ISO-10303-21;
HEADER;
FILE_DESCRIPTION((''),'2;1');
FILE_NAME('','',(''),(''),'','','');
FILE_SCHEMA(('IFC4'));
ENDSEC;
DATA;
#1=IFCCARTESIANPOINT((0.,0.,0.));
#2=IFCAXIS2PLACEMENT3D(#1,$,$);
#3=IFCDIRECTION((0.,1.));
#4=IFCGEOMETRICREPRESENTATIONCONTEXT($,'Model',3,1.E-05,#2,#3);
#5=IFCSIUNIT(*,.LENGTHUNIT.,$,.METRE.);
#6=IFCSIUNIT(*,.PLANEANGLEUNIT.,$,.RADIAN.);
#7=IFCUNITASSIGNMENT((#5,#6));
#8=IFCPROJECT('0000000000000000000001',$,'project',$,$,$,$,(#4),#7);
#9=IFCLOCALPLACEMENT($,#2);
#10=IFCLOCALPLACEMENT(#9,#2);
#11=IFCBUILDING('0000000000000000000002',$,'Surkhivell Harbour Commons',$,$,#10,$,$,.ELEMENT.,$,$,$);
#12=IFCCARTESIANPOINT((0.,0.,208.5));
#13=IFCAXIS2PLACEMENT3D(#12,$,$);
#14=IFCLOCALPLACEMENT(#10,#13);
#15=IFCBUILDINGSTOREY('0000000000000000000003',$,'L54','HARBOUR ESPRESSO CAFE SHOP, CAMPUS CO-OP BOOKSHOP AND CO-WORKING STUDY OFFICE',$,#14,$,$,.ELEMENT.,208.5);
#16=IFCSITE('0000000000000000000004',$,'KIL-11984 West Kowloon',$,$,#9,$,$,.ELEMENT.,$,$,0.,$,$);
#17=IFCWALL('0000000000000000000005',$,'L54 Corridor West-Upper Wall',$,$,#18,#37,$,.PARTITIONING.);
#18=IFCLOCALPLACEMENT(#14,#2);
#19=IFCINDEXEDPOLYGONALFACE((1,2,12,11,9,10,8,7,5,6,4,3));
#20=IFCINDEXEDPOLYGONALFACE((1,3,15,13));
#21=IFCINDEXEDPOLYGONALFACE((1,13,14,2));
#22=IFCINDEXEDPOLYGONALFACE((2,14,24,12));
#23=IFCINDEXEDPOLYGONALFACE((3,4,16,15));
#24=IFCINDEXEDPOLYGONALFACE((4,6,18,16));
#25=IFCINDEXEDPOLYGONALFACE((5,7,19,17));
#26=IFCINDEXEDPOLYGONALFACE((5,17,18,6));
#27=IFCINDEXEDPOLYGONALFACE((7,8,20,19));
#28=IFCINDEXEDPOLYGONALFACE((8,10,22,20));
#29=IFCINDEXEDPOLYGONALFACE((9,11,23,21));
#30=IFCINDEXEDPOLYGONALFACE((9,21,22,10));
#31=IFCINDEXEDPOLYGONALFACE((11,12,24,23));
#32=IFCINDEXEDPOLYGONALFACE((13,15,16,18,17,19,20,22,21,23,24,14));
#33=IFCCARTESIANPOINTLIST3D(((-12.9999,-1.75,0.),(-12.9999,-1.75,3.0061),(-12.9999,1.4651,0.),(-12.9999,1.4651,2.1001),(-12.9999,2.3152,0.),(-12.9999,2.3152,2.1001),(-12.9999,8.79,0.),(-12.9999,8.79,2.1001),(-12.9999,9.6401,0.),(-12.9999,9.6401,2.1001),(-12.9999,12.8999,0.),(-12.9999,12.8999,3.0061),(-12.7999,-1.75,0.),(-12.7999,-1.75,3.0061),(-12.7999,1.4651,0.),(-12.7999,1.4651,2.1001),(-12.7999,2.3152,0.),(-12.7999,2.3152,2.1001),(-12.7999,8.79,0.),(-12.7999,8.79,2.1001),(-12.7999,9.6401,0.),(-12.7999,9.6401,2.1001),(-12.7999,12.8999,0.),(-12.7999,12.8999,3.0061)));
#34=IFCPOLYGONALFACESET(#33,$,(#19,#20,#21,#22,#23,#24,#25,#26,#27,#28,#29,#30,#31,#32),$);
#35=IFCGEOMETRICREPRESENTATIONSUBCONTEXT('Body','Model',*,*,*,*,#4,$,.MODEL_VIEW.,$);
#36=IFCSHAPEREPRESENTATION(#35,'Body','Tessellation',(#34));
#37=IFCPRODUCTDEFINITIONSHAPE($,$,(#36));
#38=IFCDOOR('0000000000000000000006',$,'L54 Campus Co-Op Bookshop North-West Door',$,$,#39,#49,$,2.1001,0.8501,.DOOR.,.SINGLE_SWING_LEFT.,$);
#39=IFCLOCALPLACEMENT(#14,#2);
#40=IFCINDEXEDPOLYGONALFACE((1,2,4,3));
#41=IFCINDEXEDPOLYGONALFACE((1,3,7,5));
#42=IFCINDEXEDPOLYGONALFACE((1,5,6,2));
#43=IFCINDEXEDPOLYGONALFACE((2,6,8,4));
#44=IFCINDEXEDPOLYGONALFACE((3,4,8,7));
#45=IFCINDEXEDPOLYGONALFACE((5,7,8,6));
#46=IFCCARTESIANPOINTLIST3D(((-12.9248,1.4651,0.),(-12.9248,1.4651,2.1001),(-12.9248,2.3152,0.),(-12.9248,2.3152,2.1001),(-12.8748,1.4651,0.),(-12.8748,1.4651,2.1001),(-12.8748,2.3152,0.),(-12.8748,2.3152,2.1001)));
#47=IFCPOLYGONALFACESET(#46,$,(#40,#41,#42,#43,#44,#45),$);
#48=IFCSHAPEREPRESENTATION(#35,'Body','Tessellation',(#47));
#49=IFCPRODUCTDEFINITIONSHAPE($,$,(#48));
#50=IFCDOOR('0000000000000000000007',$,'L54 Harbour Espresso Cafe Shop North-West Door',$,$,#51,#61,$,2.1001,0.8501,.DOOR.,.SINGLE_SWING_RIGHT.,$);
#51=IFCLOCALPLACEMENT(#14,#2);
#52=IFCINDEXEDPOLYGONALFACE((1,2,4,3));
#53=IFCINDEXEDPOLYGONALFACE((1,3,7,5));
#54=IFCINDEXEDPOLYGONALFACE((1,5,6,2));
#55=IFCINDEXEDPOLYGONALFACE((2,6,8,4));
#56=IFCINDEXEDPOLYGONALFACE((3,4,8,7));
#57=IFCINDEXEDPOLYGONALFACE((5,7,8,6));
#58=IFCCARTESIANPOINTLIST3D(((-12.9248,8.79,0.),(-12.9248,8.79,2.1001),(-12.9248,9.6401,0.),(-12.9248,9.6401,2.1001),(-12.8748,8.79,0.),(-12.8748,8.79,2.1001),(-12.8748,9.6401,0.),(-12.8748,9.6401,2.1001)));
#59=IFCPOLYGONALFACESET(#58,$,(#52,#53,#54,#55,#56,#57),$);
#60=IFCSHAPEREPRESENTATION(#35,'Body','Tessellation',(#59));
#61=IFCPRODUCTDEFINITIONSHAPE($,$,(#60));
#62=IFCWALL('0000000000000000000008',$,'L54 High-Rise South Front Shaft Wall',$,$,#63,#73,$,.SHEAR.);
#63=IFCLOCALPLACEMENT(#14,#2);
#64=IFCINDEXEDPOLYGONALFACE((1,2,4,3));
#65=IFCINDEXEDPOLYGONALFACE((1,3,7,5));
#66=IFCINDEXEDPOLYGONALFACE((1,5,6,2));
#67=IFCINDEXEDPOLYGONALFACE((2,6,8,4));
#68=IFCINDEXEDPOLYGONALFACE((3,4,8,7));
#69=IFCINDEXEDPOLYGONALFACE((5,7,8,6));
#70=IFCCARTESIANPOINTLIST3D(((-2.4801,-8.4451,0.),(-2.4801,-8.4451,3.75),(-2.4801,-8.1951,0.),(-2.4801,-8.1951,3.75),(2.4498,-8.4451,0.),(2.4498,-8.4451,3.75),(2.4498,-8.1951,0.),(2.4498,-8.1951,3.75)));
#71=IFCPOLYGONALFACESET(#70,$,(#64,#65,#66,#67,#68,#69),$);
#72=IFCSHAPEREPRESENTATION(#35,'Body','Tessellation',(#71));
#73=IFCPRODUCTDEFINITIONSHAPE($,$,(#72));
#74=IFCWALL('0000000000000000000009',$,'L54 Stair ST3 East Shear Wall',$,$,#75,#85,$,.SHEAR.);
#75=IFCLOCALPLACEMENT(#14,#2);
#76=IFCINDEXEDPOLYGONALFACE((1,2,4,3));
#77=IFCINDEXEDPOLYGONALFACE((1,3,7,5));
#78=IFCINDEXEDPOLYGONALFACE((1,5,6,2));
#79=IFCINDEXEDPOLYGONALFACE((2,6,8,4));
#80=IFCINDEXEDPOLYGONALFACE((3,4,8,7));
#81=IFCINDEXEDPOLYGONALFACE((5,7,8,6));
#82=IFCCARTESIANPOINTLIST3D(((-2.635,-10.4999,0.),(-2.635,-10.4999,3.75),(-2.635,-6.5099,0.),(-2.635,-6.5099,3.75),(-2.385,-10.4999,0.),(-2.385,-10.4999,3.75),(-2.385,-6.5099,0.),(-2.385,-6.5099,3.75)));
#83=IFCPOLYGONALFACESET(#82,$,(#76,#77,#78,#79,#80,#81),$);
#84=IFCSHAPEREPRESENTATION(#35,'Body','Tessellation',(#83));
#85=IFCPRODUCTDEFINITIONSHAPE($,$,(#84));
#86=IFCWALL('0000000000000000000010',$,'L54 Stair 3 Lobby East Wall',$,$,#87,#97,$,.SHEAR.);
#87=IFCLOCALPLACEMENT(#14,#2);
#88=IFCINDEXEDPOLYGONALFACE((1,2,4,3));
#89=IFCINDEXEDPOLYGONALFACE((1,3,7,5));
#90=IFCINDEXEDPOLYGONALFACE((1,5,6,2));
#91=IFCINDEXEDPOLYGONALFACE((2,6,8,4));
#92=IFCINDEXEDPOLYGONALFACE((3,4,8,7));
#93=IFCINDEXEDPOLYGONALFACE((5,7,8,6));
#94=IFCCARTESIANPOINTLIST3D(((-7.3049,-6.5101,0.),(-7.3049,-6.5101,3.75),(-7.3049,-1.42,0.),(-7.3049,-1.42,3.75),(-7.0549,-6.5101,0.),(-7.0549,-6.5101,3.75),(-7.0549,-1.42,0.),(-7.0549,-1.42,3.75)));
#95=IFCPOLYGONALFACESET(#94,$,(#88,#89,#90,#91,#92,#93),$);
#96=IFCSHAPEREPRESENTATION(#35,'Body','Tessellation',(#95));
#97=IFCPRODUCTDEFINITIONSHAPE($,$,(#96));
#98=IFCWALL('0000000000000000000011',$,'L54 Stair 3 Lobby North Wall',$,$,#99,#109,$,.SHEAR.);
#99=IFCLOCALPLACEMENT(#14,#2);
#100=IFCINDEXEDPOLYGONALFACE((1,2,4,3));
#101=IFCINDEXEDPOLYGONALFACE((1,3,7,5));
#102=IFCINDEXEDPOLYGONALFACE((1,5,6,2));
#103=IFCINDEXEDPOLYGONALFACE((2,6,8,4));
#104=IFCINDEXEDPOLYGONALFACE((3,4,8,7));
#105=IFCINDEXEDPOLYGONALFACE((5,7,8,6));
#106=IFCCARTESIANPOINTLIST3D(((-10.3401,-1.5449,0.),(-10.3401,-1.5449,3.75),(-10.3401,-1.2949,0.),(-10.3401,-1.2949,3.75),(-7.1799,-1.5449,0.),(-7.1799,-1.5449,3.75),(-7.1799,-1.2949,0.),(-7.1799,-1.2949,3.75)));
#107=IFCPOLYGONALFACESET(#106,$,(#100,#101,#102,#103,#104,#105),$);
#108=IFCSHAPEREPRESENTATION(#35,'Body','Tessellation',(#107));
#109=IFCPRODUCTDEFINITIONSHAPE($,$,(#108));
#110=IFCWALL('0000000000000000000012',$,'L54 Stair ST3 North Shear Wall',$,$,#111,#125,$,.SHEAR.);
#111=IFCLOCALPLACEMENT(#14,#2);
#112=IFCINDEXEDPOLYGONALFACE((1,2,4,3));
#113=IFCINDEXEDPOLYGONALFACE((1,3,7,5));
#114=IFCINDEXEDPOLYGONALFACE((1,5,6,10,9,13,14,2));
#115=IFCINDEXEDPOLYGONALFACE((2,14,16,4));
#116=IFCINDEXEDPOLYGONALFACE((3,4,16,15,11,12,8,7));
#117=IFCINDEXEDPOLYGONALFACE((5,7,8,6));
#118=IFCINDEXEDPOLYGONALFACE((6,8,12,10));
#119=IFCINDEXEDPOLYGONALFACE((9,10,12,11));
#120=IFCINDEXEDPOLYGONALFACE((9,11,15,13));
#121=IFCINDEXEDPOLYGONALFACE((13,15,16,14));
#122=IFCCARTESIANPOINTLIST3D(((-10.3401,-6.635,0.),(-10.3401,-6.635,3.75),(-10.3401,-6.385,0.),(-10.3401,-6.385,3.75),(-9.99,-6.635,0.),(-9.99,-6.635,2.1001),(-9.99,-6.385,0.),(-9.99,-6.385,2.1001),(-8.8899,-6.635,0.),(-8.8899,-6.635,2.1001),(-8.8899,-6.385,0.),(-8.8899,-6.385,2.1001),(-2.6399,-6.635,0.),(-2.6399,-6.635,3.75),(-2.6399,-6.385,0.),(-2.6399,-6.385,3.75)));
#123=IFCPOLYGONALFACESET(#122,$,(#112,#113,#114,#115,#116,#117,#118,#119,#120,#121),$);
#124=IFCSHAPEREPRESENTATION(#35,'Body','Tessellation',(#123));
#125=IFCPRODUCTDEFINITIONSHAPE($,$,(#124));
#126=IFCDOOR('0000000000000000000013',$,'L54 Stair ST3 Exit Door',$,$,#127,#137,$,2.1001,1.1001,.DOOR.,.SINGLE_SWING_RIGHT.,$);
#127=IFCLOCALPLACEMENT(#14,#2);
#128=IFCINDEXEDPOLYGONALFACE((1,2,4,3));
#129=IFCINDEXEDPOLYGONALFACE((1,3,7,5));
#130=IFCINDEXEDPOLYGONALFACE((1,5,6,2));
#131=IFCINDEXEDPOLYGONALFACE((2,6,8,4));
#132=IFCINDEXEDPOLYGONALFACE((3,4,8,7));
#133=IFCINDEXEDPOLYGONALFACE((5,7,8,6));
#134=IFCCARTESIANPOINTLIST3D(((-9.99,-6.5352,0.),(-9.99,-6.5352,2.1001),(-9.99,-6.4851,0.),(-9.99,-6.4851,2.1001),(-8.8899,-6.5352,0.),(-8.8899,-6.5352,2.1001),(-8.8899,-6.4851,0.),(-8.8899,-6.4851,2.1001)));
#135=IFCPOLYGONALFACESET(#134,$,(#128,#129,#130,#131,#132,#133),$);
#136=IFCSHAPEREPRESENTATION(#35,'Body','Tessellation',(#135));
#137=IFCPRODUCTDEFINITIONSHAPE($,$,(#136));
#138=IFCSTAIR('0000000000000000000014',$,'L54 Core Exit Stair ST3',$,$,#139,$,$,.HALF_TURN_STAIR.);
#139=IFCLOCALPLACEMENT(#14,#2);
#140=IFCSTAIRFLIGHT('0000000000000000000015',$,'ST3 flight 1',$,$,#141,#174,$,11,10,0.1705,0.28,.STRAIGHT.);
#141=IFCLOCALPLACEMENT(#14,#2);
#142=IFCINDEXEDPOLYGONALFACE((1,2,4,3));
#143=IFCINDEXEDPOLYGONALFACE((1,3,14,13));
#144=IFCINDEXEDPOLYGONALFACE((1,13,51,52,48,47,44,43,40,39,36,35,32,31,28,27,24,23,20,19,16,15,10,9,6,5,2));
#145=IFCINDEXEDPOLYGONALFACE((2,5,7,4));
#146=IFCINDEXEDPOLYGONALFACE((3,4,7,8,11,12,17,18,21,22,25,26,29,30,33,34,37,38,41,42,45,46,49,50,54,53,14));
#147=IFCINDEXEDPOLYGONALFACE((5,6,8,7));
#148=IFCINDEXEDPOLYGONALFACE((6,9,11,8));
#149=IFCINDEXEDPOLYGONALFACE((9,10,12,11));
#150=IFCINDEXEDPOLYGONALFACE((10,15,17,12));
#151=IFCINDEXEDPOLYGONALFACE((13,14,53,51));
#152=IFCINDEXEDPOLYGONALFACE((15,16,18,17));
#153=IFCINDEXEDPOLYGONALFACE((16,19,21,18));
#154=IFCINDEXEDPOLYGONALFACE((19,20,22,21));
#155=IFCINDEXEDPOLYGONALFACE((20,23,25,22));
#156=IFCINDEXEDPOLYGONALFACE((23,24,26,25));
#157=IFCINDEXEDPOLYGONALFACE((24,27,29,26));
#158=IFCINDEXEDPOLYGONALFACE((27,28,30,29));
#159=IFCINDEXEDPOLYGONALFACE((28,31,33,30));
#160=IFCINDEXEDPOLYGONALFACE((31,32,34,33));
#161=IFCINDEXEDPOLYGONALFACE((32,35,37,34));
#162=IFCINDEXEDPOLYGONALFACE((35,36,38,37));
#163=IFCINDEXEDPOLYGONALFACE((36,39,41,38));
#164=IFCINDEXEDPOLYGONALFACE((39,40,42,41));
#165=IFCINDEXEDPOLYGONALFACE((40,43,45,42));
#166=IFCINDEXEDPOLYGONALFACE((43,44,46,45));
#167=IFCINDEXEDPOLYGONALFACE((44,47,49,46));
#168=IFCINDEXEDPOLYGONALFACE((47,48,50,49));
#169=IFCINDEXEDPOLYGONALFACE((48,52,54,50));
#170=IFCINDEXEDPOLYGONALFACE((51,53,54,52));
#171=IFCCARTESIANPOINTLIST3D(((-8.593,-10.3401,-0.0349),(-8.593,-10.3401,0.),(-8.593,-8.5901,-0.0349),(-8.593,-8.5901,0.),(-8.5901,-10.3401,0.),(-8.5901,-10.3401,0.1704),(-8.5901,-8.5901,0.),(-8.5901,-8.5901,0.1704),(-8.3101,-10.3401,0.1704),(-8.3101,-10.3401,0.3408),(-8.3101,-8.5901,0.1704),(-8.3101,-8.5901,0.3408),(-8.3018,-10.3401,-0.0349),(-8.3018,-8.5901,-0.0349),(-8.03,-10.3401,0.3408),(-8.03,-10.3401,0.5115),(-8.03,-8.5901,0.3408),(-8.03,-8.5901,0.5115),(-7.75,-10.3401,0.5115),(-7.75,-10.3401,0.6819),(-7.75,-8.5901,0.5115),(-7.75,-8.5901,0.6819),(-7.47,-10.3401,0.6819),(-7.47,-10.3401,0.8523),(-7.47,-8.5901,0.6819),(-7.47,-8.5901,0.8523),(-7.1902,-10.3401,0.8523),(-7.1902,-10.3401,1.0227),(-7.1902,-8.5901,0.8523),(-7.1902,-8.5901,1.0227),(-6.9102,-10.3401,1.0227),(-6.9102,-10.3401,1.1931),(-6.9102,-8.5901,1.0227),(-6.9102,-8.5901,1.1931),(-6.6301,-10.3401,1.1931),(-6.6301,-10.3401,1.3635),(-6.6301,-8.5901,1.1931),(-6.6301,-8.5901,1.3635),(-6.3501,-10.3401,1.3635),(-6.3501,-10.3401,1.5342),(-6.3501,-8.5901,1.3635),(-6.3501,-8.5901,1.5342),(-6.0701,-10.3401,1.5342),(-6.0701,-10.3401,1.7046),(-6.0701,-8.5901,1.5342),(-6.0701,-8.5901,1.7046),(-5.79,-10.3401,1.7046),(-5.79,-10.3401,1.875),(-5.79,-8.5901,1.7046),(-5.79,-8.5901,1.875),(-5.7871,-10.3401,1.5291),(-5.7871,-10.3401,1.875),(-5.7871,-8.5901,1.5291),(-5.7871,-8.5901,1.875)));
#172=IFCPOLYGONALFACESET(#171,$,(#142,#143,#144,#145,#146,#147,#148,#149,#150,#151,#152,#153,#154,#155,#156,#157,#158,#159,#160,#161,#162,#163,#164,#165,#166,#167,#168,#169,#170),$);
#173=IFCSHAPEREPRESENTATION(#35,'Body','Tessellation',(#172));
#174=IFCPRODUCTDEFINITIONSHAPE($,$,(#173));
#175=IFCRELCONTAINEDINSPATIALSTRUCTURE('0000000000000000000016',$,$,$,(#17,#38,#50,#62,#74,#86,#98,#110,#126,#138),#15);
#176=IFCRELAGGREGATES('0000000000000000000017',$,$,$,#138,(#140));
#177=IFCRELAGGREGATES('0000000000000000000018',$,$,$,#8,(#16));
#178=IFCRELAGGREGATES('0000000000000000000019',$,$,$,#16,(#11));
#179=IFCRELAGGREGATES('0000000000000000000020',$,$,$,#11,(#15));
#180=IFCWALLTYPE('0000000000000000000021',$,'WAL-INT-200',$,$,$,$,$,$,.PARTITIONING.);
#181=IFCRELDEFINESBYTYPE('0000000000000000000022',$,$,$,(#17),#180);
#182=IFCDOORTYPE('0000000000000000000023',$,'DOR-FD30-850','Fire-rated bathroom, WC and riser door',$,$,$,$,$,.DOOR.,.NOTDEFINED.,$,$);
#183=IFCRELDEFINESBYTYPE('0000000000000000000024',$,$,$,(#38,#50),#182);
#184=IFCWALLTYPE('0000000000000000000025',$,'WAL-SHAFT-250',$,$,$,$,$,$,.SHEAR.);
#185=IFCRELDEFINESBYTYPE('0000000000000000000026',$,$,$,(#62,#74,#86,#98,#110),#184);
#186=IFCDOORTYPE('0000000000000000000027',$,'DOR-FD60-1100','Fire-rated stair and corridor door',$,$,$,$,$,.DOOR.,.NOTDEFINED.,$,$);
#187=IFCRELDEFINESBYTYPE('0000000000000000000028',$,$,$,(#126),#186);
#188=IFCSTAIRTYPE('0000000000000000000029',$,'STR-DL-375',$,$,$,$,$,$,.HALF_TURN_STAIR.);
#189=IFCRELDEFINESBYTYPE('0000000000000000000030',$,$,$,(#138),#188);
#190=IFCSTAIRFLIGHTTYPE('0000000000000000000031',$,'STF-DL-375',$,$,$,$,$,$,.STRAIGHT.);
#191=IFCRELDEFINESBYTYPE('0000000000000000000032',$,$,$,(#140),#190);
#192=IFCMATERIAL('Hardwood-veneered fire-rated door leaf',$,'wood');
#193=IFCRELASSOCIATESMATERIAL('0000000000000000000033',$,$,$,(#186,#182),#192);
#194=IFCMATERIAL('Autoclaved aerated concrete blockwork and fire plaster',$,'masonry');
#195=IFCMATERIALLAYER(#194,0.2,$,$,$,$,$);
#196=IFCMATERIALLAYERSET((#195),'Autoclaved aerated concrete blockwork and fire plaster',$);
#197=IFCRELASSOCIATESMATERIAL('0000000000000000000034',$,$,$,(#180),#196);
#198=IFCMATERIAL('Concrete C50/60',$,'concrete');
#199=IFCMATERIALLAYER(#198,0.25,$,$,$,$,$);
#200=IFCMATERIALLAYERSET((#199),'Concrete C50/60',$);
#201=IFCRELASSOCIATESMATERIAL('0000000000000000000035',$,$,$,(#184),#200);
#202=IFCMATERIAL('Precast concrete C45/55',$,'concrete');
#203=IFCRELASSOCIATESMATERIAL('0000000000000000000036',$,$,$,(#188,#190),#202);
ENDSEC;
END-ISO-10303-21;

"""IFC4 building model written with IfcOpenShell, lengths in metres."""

from ifc_helpers import new_model, si_unit, direction, frame, frame_2d, origin, place, context, subcontext, project, spatial, polyline, rectangle, outline, extrude, material, layer, layer_set, type_object, element, fill, aggregate, save


model = new_model("IFC4")

# Units and contexts
model_context = context("Model", 3, precision=1e-05, world=origin(), true_north=direction((0.0, 1.0)))
body_context = subcontext(model_context, "Body", "Model", "MODEL_VIEW")
ifc_project = project(units=[si_unit("LENGTHUNIT", "METRE"), si_unit("PLANEANGLEUNIT", "RADIAN")], contexts=[model_context])

# Site, building, storey
site_placement = place(None, origin())
site = spatial("IfcSite", under=ifc_project, at=site_placement, Name="KIL-11984 West Kowloon", CompositionType="ELEMENT", RefElevation=0.0)
building_placement = place(site_placement, origin())
building = spatial("IfcBuilding", under=site, at=building_placement, Name="Surkhivell Harbour Commons", CompositionType="ELEMENT")
storey_placement = place(building_placement, frame((0.0, 0.0, 208.5)))
storey = spatial("IfcBuildingStorey", under=building, at=storey_placement, Name="L54", Description="HARBOUR ESPRESSO CAFE SHOP, CAMPUS CO-OP BOOKSHOP AND CO-WORKING STUDY OFFICE", CompositionType="ELEMENT", Elevation=208.5)

# Shared definitions
ifc_material_1 = material(Name="Hardwood-veneered fire-rated door leaf", Category="wood")
door_type_1 = type_object("IfcDoorType", Name="DOR-FD60-1100", Description="Fire-rated stair and corridor door", OperationType="NOTDEFINED", PredefinedType="DOOR", material=ifc_material_1)

# Shared definitions
door_type_2 = type_object("IfcDoorType", Name="DOR-FD30-850", Description="Fire-rated bathroom, WC and riser door", OperationType="NOTDEFINED", PredefinedType="DOOR", material=ifc_material_1)

# Wall, openings, doors
ifc_material_2 = material(Name="Autoclaved aerated concrete blockwork and fire plaster", Category="masonry")
ifc_layer_1 = layer(ifc_material_2, 0.2)
ifc_layer_set_1 = layer_set([ifc_layer_1], Name="Autoclaved aerated concrete blockwork and fire plaster")
wall_type_1 = type_object("IfcWallType", Name="WAL-INT-200", PredefinedType="PARTITIONING", material=ifc_layer_set_1)
wall_1_placement = place(storey_placement, frame((-12.8999, -1.75, 0.0), z_axis=(0.0, 0.0, 1.0), x_axis=(0.0, 1.0, 0.0)))
wall_1 = element("IfcWall", 1, at=wall_1_placement, inside=storey, type_object=wall_type_1, Name="L54 Corridor West-Upper Wall", PredefinedType="PARTITIONING", context=body_context, shape_type="SweptSolid", body=[
    extrude(rectangle(XDim=14.6499, YDim=0.2, at=frame_2d((7.325, 0.0))), origin(), (0.0, 0.0, 1.0), 3.0061),
])
opening_1_placement = place(wall_1_placement, frame((3.2151, 0.0, 0.0)))
opening_1 = element("IfcOpeningElement", 2, at=opening_1_placement, cuts=wall_1, PredefinedType="OPENING", context=body_context, shape_type="SweptSolid", body=[
    extrude(rectangle(XDim=0.8501, YDim=2.1001, at=frame_2d((0.425, 1.05))), frame((0.0, 0.1099, 0.0), z_axis=(0.0, -1.0, 0.0), x_axis=(1.0, 0.0, 0.0)), (0.0, 0.0, 1.0), 0.22),
])
opening_2_placement = place(wall_1_placement, frame((10.54, 0.0, 0.0)))
opening_2 = element("IfcOpeningElement", 3, at=opening_2_placement, cuts=wall_1, PredefinedType="OPENING", context=body_context, shape_type="SweptSolid", body=[
    extrude(rectangle(XDim=0.8501, YDim=2.1001, at=frame_2d((0.425, 1.05))), frame((0.0, 0.1099, 0.0), z_axis=(0.0, -1.0, 0.0), x_axis=(1.0, 0.0, 0.0)), (0.0, 0.0, 1.0), 0.22),
])
door_1_placement = place(opening_1_placement, origin())
door_1 = element("IfcDoor", 4, at=door_1_placement, inside=storey, type_object=door_type_2, Name="L54 Campus Co-Op Bookshop North-West Door", OperationType="SINGLE_SWING_LEFT", OverallHeight=2.1001, OverallWidth=0.8501, PredefinedType="DOOR", context=body_context, shape_type="SweptSolid", body=[
    extrude(rectangle(XDim=0.8501, YDim=2.1001, at=frame_2d((0.425, 1.05))), frame((0.0, 0.0249, 0.0), z_axis=(0.0, -1.0, 0.0), x_axis=(1.0, 0.0, 0.0)), (0.0, 0.0, 1.0), 0.05),
])
fill(opening_1, door_1)
door_2_placement = place(opening_2_placement, origin())
door_2 = element("IfcDoor", 5, at=door_2_placement, inside=storey, type_object=door_type_2, Name="L54 Harbour Espresso Cafe Shop North-West Door", OperationType="SINGLE_SWING_RIGHT", OverallHeight=2.1001, OverallWidth=0.8501, PredefinedType="DOOR", context=body_context, shape_type="SweptSolid", body=[
    extrude(rectangle(XDim=0.8501, YDim=2.1001, at=frame_2d((0.425, 1.05))), frame((0.0, 0.0249, 0.0), z_axis=(0.0, -1.0, 0.0), x_axis=(1.0, 0.0, 0.0)), (0.0, 0.0, 1.0), 0.05),
])
fill(opening_2, door_2)

# Walls
ifc_material_3 = material(Name="Concrete C50/60", Category="concrete")
ifc_layer_2 = layer(ifc_material_3, 0.25)
ifc_layer_set_2 = layer_set([ifc_layer_2], Name="Concrete C50/60")
wall_type_2 = type_object("IfcWallType", Name="WAL-SHAFT-250", PredefinedType="SHEAR", material=ifc_layer_set_2)
wall_2_placement = place(storey_placement, frame((-2.48, -8.3201, 0.0), z_axis=(0.0, 0.0, 1.0), x_axis=(1.0, 0.0, 0.0)))
element("IfcWall", 6, at=wall_2_placement, inside=storey, type_object=wall_type_2, Name="L54 High-Rise South Front Shaft Wall", PredefinedType="SHEAR", context=body_context, shape_type="SweptSolid", body=[
    extrude(rectangle(XDim=4.9299, YDim=0.25, at=frame_2d((2.4648, 0.0))), origin(), (0.0, 0.0, 1.0), 3.75),
])
wall_3_placement = place(storey_placement, frame((-2.51, -10.5, 0.0), z_axis=(0.0, 0.0, 1.0), x_axis=(0.0, 1.0, 0.0)))
element("IfcWall", 7, at=wall_3_placement, inside=storey, type_object=wall_type_2, Name="L54 Stair ST3 East Shear Wall", PredefinedType="SHEAR", context=body_context, shape_type="SweptSolid", body=[
    extrude(rectangle(XDim=3.99, YDim=0.25, at=frame_2d((1.9951, 0.0))), origin(), (0.0, 0.0, 1.0), 3.75),
])
wall_4_placement = place(storey_placement, frame((-7.1799, -6.51, 0.0), z_axis=(0.0, 0.0, 1.0), x_axis=(0.0, 1.0, 0.0)))
element("IfcWall", 8, at=wall_4_placement, inside=storey, type_object=wall_type_2, Name="L54 Stair 3 Lobby East Wall", PredefinedType="SHEAR", context=body_context, shape_type="SweptSolid", body=[
    extrude(rectangle(XDim=5.0901, YDim=0.25, at=frame_2d((2.5449, 0.0))), origin(), (0.0, 0.0, 1.0), 3.75),
])
wall_5_placement = place(storey_placement, frame((-10.3401, -1.4199, 0.0), z_axis=(0.0, 0.0, 1.0), x_axis=(1.0, 0.0, 0.0)))
element("IfcWall", 9, at=wall_5_placement, inside=storey, type_object=wall_type_2, Name="L54 Stair 3 Lobby North Wall", PredefinedType="SHEAR", context=body_context, shape_type="SweptSolid", body=[
    extrude(rectangle(XDim=3.1602, YDim=0.25, at=frame_2d((1.5801, 0.0))), origin(), (0.0, 0.0, 1.0), 3.75),
])

# Wall, opening, door
wall_6_placement = place(storey_placement, frame((-10.3401, -6.51, 0.0), z_axis=(0.0, 0.0, 1.0), x_axis=(1.0, 0.0, 0.0)))
wall_6 = element("IfcWall", 10, at=wall_6_placement, inside=storey, type_object=wall_type_2, Name="L54 Stair ST3 North Shear Wall", PredefinedType="SHEAR", context=body_context, shape_type="SweptSolid", body=[
    extrude(rectangle(XDim=7.7002, YDim=0.25, at=frame_2d((3.8501, 0.0))), origin(), (0.0, 0.0, 1.0), 3.75),
])
opening_3_placement = place(wall_6_placement, frame((0.3501, 0.0, 0.0)))
opening_3 = element("IfcOpeningElement", 11, at=opening_3_placement, cuts=wall_6, PredefinedType="OPENING", context=body_context, shape_type="SweptSolid", body=[
    extrude(rectangle(XDim=1.1001, YDim=2.1001, at=frame_2d((0.55, 1.05))), frame((0.0, 0.135, 0.0), z_axis=(0.0, -1.0, 0.0), x_axis=(1.0, 0.0, 0.0)), (0.0, 0.0, 1.0), 0.27),
])
door_3_placement = place(opening_3_placement, origin())
door_3 = element("IfcDoor", 12, at=door_3_placement, inside=storey, type_object=door_type_1, Name="L54 Stair ST3 Exit Door", OperationType="SINGLE_SWING_RIGHT", OverallHeight=2.1001, OverallWidth=1.1001, PredefinedType="DOOR", context=body_context, shape_type="SweptSolid", body=[
    extrude(rectangle(XDim=1.1001, YDim=2.1001, at=frame_2d((0.55, 1.05))), frame((0.0, 0.0249, 0.0), z_axis=(0.0, -1.0, 0.0), x_axis=(1.0, 0.0, 0.0)), (0.0, 0.0, 1.0), 0.05),
])
fill(opening_3, door_3)

# Stair, stair flight
ifc_material_4 = material(Name="Precast concrete C45/55", Category="concrete")
stair_type = type_object("IfcStairType", Name="STR-DL-375", PredefinedType="HALF_TURN_STAIR", material=ifc_material_4)
stair_placement = place(storey_placement, origin())
stair = element("IfcStair", 13, at=stair_placement, inside=storey, type_object=stair_type, Name="L54 Core Exit Stair ST3", PredefinedType="HALF_TURN_STAIR")
stair_flight_type = type_object("IfcStairFlightType", Name="STF-DL-375", PredefinedType="STRAIGHT", material=ifc_material_4)
stair_flight_1_placement = place(storey_placement, frame((-8.5901, -9.4651, 0.0), z_axis=(0.0, 0.0, 1.0), x_axis=(1.0, 0.0, 0.0)))
stair_flight_1 = element("IfcStairFlight", 14, at=stair_flight_1_placement, type_object=stair_flight_type, Name="ST3 flight 1", NumberOfRisers=11, NumberOfTreads=10, PredefinedType="STRAIGHT", RiserHeight=0.1705, TreadLength=0.28, context=body_context, shape_type="SweptSolid", body=[
    extrude(outline(polyline([(-0.0029, -0.0349), (-0.0029, 0.0), (0.0, 0.0), (0.0, 0.1704), (0.28, 0.1704), (0.28, 0.3408), (0.5601, 0.3408), (0.5601, 0.5115), (0.8401, 0.5115), (0.8401, 0.6819), (1.1201, 0.6819), (1.1201, 0.8523), (1.3999, 0.8523), (1.3999, 1.0227), (1.6799, 1.0227), (1.6799, 1.1931), (1.96, 1.1931), (1.96, 1.3635), (2.24, 1.3635), (2.24, 1.5342), (2.52, 1.5342), (2.52, 1.7046), (2.8, 1.7046), (2.8, 1.875), (2.803, 1.875), (2.803, 1.5291), (0.2883, -0.0349), (-0.0029, -0.0349)])), frame((0.0, 0.875, 0.0), z_axis=(0.0, -1.0, 0.0), x_axis=(1.0, 0.0, 0.0)), (0.0, 0.0, 1.0), 1.75),
])
aggregate(stair, [stair_flight_1])

save(model, "model.ifc")
